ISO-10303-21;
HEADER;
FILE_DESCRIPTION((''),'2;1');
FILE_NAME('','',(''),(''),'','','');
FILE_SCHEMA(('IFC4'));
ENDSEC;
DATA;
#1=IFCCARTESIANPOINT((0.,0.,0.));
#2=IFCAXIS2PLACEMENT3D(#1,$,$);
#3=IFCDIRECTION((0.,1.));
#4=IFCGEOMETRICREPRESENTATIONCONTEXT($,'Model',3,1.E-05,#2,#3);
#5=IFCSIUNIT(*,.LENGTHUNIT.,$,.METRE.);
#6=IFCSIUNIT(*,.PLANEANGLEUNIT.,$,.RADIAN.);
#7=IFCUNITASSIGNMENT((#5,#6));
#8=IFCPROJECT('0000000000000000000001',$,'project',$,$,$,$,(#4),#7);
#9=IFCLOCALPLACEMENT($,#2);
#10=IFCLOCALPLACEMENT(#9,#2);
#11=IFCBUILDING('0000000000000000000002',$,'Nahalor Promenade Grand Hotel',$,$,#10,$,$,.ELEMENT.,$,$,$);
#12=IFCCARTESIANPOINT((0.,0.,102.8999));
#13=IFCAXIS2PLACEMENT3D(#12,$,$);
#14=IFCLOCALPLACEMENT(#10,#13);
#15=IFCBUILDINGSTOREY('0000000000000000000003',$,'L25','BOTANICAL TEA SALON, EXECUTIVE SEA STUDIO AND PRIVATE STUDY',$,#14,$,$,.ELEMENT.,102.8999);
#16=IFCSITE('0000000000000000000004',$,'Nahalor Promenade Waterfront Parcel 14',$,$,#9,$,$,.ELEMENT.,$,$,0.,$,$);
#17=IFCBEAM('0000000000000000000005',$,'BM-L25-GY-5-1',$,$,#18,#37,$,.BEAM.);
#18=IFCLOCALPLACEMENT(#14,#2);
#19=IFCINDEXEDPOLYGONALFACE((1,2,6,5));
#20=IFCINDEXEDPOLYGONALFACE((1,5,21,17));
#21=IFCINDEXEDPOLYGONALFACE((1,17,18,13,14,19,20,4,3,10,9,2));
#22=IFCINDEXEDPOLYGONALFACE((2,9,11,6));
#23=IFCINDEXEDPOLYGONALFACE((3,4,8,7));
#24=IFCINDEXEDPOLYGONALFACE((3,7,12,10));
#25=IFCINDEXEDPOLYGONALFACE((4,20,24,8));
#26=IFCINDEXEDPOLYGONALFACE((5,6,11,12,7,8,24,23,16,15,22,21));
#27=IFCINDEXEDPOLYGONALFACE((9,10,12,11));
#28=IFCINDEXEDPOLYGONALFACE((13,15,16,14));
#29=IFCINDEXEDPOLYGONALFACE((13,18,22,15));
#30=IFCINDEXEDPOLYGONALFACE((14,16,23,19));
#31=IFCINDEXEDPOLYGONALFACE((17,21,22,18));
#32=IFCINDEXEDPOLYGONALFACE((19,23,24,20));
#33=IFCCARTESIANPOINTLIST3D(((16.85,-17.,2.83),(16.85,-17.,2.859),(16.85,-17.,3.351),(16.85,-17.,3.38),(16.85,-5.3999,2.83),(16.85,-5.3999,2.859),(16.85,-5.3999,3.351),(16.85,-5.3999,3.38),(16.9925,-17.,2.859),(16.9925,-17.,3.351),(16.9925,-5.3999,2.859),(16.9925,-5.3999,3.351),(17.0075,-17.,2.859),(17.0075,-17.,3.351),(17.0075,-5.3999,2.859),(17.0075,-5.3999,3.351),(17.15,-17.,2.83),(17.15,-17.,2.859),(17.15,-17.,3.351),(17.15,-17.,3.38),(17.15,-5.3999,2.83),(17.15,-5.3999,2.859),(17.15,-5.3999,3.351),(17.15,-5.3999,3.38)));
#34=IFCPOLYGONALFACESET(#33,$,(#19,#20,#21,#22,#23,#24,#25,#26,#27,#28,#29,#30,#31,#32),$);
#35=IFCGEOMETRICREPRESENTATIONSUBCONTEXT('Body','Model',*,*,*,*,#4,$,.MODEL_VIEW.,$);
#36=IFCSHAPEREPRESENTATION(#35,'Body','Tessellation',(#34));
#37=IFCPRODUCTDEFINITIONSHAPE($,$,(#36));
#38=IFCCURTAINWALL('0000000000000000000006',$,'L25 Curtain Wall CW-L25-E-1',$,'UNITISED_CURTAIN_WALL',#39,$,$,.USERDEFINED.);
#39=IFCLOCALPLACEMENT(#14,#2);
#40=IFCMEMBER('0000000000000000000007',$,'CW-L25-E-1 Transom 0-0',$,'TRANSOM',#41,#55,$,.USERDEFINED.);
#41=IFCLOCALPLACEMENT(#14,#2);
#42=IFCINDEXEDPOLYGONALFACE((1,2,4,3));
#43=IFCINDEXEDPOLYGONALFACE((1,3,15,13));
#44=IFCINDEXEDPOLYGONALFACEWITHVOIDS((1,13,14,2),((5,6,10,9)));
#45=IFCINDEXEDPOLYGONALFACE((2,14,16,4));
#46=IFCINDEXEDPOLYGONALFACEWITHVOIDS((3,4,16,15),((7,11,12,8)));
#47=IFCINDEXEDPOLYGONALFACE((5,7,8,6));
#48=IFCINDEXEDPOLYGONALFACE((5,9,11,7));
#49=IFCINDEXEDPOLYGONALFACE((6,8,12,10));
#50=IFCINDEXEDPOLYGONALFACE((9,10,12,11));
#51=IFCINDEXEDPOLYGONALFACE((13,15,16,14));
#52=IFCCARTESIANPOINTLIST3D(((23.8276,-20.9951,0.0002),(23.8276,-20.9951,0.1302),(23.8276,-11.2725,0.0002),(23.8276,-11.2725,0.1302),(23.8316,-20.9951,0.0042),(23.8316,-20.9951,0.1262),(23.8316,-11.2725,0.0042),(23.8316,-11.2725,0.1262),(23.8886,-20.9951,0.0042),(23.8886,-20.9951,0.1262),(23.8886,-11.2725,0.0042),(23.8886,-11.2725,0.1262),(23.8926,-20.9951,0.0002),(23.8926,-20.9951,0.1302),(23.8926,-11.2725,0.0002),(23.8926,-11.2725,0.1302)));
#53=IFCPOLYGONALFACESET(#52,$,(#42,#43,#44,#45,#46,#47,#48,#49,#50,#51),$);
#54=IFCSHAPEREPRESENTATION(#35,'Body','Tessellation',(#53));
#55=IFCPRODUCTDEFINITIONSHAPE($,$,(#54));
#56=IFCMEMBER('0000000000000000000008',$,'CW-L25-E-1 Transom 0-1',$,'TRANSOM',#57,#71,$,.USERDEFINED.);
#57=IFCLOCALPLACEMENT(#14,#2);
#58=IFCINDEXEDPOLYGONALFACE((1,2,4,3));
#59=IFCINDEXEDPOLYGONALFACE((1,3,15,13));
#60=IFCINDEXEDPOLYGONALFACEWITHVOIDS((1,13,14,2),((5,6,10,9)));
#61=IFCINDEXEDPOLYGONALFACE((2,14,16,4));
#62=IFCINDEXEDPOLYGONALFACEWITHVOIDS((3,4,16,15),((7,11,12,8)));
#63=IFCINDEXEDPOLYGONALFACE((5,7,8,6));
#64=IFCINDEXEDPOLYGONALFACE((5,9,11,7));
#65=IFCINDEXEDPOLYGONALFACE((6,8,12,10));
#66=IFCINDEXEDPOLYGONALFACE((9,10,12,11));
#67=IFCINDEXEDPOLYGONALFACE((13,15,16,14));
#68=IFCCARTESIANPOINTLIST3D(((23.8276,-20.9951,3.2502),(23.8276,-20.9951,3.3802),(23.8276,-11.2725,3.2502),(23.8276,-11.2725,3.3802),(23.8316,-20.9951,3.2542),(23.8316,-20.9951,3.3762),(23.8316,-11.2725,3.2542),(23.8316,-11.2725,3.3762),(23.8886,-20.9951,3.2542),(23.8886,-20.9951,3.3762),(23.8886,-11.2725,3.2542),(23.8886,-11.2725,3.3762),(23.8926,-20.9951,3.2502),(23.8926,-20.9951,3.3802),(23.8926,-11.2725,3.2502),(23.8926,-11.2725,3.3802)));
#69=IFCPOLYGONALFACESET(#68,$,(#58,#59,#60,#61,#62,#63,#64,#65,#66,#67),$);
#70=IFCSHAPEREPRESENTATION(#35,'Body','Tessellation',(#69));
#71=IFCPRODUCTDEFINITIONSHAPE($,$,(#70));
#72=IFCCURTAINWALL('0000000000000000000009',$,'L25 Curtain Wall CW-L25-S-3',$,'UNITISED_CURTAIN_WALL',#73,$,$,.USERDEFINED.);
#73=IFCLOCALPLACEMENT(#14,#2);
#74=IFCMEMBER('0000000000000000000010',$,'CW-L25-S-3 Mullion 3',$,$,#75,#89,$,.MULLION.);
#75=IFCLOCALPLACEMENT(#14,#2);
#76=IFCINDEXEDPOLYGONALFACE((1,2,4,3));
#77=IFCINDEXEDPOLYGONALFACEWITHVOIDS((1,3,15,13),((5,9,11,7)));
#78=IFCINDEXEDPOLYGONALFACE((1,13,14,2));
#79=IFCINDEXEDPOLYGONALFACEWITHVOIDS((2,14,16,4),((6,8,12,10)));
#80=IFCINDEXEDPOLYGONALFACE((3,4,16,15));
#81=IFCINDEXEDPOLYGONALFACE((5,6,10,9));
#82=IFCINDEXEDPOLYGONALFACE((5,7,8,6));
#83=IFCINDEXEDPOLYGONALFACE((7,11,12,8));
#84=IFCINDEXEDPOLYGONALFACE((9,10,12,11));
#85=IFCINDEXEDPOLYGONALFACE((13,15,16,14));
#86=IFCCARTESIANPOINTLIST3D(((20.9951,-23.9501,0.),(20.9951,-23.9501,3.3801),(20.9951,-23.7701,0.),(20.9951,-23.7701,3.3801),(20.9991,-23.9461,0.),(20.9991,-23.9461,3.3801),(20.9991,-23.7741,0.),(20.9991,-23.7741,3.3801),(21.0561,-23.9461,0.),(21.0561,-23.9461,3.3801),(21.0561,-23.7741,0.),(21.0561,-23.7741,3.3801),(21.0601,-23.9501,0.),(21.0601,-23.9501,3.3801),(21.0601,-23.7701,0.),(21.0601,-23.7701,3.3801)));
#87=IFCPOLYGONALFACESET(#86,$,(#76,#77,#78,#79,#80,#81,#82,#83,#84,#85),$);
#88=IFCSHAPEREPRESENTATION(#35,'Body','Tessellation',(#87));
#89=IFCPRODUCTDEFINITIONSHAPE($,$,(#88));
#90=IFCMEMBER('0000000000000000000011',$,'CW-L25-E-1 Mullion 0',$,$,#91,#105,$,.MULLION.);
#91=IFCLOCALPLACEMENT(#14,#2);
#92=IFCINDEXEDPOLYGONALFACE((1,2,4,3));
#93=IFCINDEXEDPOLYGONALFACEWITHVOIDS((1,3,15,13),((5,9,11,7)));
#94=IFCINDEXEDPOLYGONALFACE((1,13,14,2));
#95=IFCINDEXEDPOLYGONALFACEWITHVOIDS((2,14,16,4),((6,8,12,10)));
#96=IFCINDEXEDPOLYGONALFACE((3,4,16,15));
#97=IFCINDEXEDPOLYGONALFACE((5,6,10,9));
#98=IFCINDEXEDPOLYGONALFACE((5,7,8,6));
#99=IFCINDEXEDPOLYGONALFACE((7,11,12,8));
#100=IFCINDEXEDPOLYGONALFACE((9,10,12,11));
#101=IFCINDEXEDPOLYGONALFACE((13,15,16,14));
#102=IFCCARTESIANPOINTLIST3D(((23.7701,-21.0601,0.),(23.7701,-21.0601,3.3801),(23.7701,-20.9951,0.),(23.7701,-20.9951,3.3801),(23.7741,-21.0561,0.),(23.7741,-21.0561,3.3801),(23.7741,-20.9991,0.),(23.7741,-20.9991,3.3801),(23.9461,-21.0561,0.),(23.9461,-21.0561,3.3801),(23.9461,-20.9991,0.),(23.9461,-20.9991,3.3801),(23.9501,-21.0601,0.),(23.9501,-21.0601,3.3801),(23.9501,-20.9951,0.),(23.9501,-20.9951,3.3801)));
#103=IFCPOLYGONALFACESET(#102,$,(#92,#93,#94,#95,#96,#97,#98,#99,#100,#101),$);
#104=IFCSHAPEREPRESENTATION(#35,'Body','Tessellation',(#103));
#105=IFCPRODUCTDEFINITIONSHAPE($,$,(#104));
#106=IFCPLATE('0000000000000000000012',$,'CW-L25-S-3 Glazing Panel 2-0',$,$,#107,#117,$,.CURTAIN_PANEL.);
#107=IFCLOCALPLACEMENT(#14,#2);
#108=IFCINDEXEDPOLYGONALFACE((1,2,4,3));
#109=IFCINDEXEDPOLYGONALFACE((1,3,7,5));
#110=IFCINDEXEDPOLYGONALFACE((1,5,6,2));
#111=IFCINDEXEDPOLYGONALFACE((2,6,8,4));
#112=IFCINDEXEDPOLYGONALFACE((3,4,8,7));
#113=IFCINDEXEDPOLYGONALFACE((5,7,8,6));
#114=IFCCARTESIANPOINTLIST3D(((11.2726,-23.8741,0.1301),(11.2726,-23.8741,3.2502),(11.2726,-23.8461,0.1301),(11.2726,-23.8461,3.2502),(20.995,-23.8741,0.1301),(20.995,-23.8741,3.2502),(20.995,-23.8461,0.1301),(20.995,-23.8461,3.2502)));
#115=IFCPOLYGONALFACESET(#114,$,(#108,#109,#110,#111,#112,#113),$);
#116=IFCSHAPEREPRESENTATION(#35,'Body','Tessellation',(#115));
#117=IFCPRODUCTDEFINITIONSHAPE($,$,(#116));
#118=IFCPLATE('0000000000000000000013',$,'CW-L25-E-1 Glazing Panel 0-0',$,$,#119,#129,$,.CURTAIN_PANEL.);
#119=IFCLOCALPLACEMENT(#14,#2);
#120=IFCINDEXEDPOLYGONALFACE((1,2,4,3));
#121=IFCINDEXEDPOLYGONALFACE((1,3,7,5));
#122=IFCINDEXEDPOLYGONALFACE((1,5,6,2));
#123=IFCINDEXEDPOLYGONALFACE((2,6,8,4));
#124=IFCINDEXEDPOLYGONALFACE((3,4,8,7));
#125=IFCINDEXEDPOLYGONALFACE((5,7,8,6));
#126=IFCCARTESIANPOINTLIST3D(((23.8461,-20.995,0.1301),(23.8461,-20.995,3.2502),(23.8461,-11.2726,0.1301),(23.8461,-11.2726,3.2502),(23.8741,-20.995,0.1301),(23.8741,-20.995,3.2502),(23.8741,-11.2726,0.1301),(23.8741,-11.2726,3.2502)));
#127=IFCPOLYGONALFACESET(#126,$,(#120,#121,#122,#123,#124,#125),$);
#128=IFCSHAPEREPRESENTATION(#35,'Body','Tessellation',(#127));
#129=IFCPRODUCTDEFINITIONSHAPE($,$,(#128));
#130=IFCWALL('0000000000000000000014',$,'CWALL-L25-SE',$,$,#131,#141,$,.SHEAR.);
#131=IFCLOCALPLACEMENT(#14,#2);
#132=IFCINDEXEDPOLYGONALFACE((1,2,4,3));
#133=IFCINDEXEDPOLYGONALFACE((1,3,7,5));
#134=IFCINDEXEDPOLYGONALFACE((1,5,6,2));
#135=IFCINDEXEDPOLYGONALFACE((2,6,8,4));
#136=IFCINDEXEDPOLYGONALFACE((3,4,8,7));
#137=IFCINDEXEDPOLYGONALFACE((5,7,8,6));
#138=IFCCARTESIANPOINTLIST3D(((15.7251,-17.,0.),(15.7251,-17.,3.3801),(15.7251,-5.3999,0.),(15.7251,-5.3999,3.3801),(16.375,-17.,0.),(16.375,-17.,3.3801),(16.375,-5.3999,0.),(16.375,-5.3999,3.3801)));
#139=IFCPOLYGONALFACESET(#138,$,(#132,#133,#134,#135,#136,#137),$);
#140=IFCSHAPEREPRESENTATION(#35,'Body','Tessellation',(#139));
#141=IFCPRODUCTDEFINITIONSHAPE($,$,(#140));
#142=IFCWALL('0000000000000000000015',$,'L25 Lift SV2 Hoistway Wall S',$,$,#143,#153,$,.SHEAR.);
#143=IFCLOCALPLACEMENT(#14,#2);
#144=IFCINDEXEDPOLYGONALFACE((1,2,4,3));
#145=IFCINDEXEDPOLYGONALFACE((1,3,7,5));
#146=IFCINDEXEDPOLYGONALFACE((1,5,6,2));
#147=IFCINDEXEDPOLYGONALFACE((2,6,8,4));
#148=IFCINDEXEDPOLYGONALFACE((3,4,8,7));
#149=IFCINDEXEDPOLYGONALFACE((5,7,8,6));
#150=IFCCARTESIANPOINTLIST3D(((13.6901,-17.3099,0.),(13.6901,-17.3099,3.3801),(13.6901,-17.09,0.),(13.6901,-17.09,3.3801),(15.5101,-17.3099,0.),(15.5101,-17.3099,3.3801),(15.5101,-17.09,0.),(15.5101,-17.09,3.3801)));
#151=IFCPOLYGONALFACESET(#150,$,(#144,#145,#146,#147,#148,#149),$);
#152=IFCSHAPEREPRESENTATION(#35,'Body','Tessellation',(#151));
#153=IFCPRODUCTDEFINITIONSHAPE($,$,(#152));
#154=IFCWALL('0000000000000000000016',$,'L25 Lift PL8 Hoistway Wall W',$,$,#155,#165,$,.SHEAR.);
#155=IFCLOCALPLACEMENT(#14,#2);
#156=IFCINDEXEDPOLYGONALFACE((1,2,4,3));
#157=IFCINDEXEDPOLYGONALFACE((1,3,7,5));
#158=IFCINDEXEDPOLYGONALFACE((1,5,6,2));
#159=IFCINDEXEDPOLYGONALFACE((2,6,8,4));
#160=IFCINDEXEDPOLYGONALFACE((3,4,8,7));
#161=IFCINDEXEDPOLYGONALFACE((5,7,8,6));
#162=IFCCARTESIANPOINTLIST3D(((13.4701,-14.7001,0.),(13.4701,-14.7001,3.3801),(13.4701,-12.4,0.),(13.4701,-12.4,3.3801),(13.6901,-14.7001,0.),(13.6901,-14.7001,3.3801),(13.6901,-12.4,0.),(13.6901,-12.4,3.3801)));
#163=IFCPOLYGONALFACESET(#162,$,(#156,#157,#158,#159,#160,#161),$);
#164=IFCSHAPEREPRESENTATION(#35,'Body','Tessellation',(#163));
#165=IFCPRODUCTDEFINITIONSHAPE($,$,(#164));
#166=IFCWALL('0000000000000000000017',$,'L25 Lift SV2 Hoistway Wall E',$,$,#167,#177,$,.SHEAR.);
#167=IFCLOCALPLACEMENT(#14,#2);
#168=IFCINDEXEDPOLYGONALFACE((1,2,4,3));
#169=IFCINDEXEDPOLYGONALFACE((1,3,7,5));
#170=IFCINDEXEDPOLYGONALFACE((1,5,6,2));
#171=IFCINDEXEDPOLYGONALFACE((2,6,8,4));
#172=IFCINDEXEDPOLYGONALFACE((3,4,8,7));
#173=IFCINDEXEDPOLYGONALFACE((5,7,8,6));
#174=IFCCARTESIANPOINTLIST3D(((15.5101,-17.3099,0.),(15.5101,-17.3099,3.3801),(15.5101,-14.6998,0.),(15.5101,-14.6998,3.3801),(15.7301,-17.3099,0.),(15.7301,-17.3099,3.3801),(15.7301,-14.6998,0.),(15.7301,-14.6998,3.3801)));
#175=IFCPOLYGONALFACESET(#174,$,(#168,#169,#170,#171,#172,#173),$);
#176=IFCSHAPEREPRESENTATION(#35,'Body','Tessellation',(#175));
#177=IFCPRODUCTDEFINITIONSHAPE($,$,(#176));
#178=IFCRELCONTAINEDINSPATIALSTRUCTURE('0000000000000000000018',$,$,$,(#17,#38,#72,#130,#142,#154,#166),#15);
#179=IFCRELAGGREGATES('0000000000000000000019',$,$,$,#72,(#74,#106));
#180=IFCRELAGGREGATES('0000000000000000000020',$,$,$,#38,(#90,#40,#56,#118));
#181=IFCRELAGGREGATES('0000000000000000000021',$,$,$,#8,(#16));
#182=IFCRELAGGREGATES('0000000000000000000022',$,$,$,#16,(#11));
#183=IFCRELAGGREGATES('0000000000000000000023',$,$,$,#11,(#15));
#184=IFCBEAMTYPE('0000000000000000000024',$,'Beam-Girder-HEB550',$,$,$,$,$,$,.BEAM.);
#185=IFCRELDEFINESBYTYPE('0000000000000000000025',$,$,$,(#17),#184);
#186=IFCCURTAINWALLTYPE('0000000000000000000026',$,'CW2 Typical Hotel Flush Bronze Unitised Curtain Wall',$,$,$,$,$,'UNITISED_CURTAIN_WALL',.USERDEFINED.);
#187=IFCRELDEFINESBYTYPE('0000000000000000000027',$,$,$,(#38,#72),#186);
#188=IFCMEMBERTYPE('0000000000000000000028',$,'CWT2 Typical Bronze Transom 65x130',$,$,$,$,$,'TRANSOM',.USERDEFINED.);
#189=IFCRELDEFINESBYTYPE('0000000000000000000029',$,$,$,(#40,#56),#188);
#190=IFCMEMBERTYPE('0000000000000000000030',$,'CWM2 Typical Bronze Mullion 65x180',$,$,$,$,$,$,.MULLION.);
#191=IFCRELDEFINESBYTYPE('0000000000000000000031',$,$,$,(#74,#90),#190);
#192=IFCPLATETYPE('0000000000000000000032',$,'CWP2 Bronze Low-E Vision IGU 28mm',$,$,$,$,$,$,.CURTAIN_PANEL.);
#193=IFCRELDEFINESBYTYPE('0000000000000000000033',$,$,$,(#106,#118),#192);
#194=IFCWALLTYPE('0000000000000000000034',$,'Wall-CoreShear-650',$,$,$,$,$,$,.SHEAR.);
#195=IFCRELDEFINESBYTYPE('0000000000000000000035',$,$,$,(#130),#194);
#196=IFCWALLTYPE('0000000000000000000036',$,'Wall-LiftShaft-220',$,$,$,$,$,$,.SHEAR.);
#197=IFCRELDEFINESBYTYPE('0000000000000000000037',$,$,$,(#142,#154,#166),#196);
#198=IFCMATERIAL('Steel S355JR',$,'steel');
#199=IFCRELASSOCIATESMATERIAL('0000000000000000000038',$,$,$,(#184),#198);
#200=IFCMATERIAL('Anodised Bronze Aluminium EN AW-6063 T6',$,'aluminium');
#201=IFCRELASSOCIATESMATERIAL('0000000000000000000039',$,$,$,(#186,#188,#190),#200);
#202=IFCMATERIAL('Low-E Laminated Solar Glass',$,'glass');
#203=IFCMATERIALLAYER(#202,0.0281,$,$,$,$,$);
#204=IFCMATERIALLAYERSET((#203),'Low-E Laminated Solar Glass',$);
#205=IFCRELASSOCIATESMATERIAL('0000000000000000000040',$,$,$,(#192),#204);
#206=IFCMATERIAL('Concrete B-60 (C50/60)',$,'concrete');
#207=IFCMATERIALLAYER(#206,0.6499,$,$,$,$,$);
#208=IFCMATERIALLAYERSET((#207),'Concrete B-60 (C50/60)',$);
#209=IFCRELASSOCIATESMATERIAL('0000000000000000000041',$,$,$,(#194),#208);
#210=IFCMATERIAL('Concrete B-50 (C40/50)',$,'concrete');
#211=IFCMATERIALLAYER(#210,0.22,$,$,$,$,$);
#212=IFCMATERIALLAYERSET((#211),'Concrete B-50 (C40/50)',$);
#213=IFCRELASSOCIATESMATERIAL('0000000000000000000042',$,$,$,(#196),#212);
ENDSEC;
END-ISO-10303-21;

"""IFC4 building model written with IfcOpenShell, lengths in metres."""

from ifc_helpers import new_model, si_unit, direction, frame, frame_2d, origin, origin_2d, place, context, subcontext, project, spatial, rectangle, hollow_rectangle, i_section, extrude, source, transform, mapped, material, layer, layer_set, material_profile, profile_set, type_object, element, aggregate, save


model = new_model("IFC4")

# Units and contexts
model_context = context("Model", 3, precision=1e-05, world=origin(), true_north=direction((0.0, 1.0)))
body_context = subcontext(model_context, "Body", "Model", "MODEL_VIEW")
ifc_project = project(units=[si_unit("LENGTHUNIT", "METRE"), si_unit("PLANEANGLEUNIT", "RADIAN")], contexts=[model_context])

# Site, building, storey
site_placement = place(None, origin())
site = spatial("IfcSite", under=ifc_project, at=site_placement, Name="Nahalor Promenade Waterfront Parcel 14", CompositionType="ELEMENT", RefElevation=0.0)
building_placement = place(site_placement, origin())
building = spatial("IfcBuilding", under=site, at=building_placement, Name="Nahalor Promenade Grand Hotel", CompositionType="ELEMENT")
storey_placement = place(building_placement, frame((0.0, 0.0, 102.8999)))
storey = spatial("IfcBuildingStorey", under=building, at=storey_placement, Name="L25", Description="BOTANICAL TEA SALON, EXECUTIVE SEA STUDIO AND PRIVATE STUDY", CompositionType="ELEMENT", Elevation=102.8999)

# Shared definitions
ifc_material_1 = material(Name="Concrete B-60 (C50/60)", Category="concrete")

# Beam
ifc_material_2 = material(Name="Steel S355JR", Category="steel")
ifc_material_profile_1 = material_profile(ifc_material_2, i_section(OverallWidth=0.3, OverallDepth=0.55, WebThickness=0.015, FlangeThickness=0.029, at=origin_2d()), Name="HEB 550")
ifc_profile_set_1 = profile_set([ifc_material_profile_1], Name="Steel S355JR")
beam_type_1 = type_object("IfcBeamType", Name="Beam-Girder-HEB550", PredefinedType="BEAM", material=ifc_profile_set_1)
shared_shape_1 = source(origin(), body_context, "Body", "SweptSolid", [
    extrude(i_section(OverallWidth=0.3, OverallDepth=0.55, WebThickness=0.015, FlangeThickness=0.029, at=origin_2d()), origin(), (0.0, 0.0, 1.0), 11.6001),
])
beam_1_placement = place(storey_placement, frame((17.0, -17.0, 3.105), z_axis=(0.0, 1.0, 0.0), x_axis=(-1.0, 0.0, 0.0)))
element("IfcBeam", 1, at=beam_1_placement, inside=storey, type_object=beam_type_1, Name="BM-L25-GY-5-1", PredefinedType="BEAM", context=body_context, shape_type="MappedRepresentation", body=[
    mapped(shared_shape_1, transform((0.0, 0.0, 0.0), scale=1.0)),
])

# Curtain wall, members
ifc_material_3 = material(Name="Anodised Bronze Aluminium EN AW-6063 T6", Category="aluminium")
curtain_wall_type = type_object("IfcCurtainWallType", Name="CW2 Typical Hotel Flush Bronze Unitised Curtain Wall", ElementType="UNITISED_CURTAIN_WALL", PredefinedType="USERDEFINED", material=ifc_material_3)
curtain_wall_1_placement = place(storey_placement, origin())
curtain_wall_1 = element("IfcCurtainWall", 2, at=curtain_wall_1_placement, inside=storey, type_object=curtain_wall_type, Name="L25 Curtain Wall CW-L25-E-1", ObjectType="UNITISED_CURTAIN_WALL", PredefinedType="USERDEFINED")
ifc_material_profile_2 = material_profile(ifc_material_3, hollow_rectangle(XDim=0.065, YDim=0.13, WallThickness=0.004, at=origin_2d()), Name="CWT 65x130x4")
ifc_profile_set_2 = profile_set([ifc_material_profile_2], Name="Anodised Bronze Aluminium EN AW-6063 T6")
member_type_1 = type_object("IfcMemberType", Name="CWT2 Typical Bronze Transom 65x130", ElementType="TRANSOM", PredefinedType="USERDEFINED", material=ifc_profile_set_2)
shared_shape_2 = source(origin(), body_context, "Body", "SweptSolid", [
    extrude(hollow_rectangle(XDim=0.065, YDim=0.13, WallThickness=0.004, at=origin_2d()), origin(), (0.0, 0.0, 1.0), 9.7227),
])
member_1_placement = place(storey_placement, frame((23.8601, -20.9951, 0.0652), z_axis=(0.0, 1.0, 0.0), x_axis=(-1.0, 0.0, 0.0)))
member_1 = element("IfcMember", 3, at=member_1_placement, type_object=member_type_1, Name="CW-L25-E-1 Transom 0-0", ObjectType="TRANSOM", PredefinedType="USERDEFINED", context=body_context, shape_type="MappedRepresentation", body=[
    mapped(shared_shape_2, transform((0.0, 0.0, 0.0), scale=1.0)),
])
member_2_placement = place(storey_placement, frame((23.8601, -20.9951, 3.3152), z_axis=(0.0, 1.0, 0.0), x_axis=(-1.0, 0.0, 0.0)))
member_2 = element("IfcMember", 4, at=member_2_placement, type_object=member_type_1, Name="CW-L25-E-1 Transom 0-1", ObjectType="TRANSOM", PredefinedType="USERDEFINED", context=body_context, shape_type="MappedRepresentation", body=[
    mapped(shared_shape_2, transform((0.0, 0.0, 0.0), scale=1.0)),
])

# Curtain wall, member
curtain_wall_2_placement = place(storey_placement, origin())
curtain_wall_2 = element("IfcCurtainWall", 5, at=curtain_wall_2_placement, inside=storey, type_object=curtain_wall_type, Name="L25 Curtain Wall CW-L25-S-3", ObjectType="UNITISED_CURTAIN_WALL", PredefinedType="USERDEFINED")
ifc_material_profile_3 = material_profile(ifc_material_3, hollow_rectangle(XDim=0.065, YDim=0.18, WallThickness=0.004, at=origin_2d()), Name="CWM 65x180x4")
ifc_profile_set_3 = profile_set([ifc_material_profile_3], Name="Anodised Bronze Aluminium EN AW-6063 T6")
member_type_2 = type_object("IfcMemberType", Name="CWM2 Typical Bronze Mullion 65x180", PredefinedType="MULLION", material=ifc_profile_set_3)
shared_shape_3 = source(origin(), body_context, "Body", "SweptSolid", [
    extrude(hollow_rectangle(XDim=0.065, YDim=0.18, WallThickness=0.004, at=origin_2d()), origin(), (0.0, 0.0, 1.0), 3.3801),
])
member_3_placement = place(storey_placement, frame((21.0276, -23.8601, 0.0), z_axis=(0.0, 0.0, 1.0), x_axis=(1.0, 0.0, 0.0)))
member_3 = element("IfcMember", 6, at=member_3_placement, type_object=member_type_2, Name="CW-L25-S-3 Mullion 3", PredefinedType="MULLION", context=body_context, shape_type="MappedRepresentation", body=[
    mapped(shared_shape_3, transform((0.0, 0.0, 0.0), scale=1.0)),
])

# Member
member_4_placement = place(storey_placement, frame((23.8601, -21.0276, 0.0), z_axis=(0.0, 0.0, 1.0), x_axis=(0.0, 1.0, 0.0)))
member_4 = element("IfcMember", 7, at=member_4_placement, type_object=member_type_2, Name="CW-L25-E-1 Mullion 0", PredefinedType="MULLION", context=body_context, shape_type="MappedRepresentation", body=[
    mapped(shared_shape_3, transform((0.0, 0.0, 0.0), scale=1.0)),
])

# Plates
ifc_material_4 = material(Name="Low-E Laminated Solar Glass", Category="glass")
ifc_layer_1 = layer(ifc_material_4, 0.0281)
ifc_layer_set_1 = layer_set([ifc_layer_1], Name="Low-E Laminated Solar Glass")
plate_type = type_object("IfcPlateType", Name="CWP2 Bronze Low-E Vision IGU 28mm", PredefinedType="CURTAIN_PANEL", material=ifc_layer_set_1)
shared_shape_4 = source(origin(), body_context, "Body", "SweptSolid", [
    extrude(rectangle(XDim=9.7224, YDim=0.0281, at=origin_2d()), origin(), (0.0, 0.0, 1.0), 3.1201),
])
plate_1_placement = place(storey_placement, frame((16.1338, -23.8601, 0.1301), z_axis=(0.0, 0.0, 1.0), x_axis=(1.0, 0.0, 0.0)))
plate_1 = element("IfcPlate", 8, at=plate_1_placement, type_object=plate_type, Name="CW-L25-S-3 Glazing Panel 2-0", PredefinedType="CURTAIN_PANEL", context=body_context, shape_type="MappedRepresentation", body=[
    mapped(shared_shape_4, transform((0.0, 0.0, 0.0), scale=1.0)),
])
aggregate(curtain_wall_2, [member_3, plate_1])
plate_2_placement = place(storey_placement, frame((23.8601, -16.1338, 0.1301), z_axis=(0.0, 0.0, 1.0), x_axis=(0.0, 1.0, 0.0)))
plate_2 = element("IfcPlate", 9, at=plate_2_placement, type_object=plate_type, Name="CW-L25-E-1 Glazing Panel 0-0", PredefinedType="CURTAIN_PANEL", context=body_context, shape_type="MappedRepresentation", body=[
    mapped(shared_shape_4, transform((0.0, 0.0, 0.0), scale=1.0)),
])
aggregate(curtain_wall_1, [member_4, member_1, member_2, plate_2])

# Walls
ifc_layer_2 = layer(ifc_material_1, 0.6499)
ifc_layer_set_2 = layer_set([ifc_layer_2], Name="Concrete B-60 (C50/60)")
wall_type_1 = type_object("IfcWallType", Name="Wall-CoreShear-650", PredefinedType="SHEAR", material=ifc_layer_set_2)
shared_shape_5 = source(origin(), body_context, "Body", "SweptSolid", [
    extrude(rectangle(XDim=11.6001, YDim=0.6499, at=frame_2d((5.8, 0.0))), origin(), (0.0, 0.0, 1.0), 3.3801),
])
wall_1_placement = place(storey_placement, frame((16.05, -17.0, 0.0), z_axis=(0.0, 0.0, 1.0), x_axis=(0.0, 1.0, 0.0)))
element("IfcWall", 10, at=wall_1_placement, inside=storey, type_object=wall_type_1, Name="CWALL-L25-SE", PredefinedType="SHEAR", context=body_context, shape_type="MappedRepresentation", body=[
    mapped(shared_shape_5, transform((0.0, 0.0, 0.0), scale=1.0)),
])
ifc_material_5 = material(Name="Concrete B-50 (C40/50)", Category="concrete")
ifc_layer_3 = layer(ifc_material_5, 0.22)
ifc_layer_set_3 = layer_set([ifc_layer_3], Name="Concrete B-50 (C40/50)")
wall_type_2 = type_object("IfcWallType", Name="Wall-LiftShaft-220", PredefinedType="SHEAR", material=ifc_layer_set_3)
shared_shape_6 = source(origin(), body_context, "Body", "SweptSolid", [
    extrude(rectangle(XDim=1.8201, YDim=0.22, at=frame_2d((0.9102, 0.0))), origin(), (0.0, 0.0, 1.0), 3.3801),
])
wall_2_placement = place(storey_placement, frame((13.6899, -17.2, 0.0), z_axis=(0.0, 0.0, 1.0), x_axis=(1.0, 0.0, 0.0)))
element("IfcWall", 11, at=wall_2_placement, inside=storey, type_object=wall_type_2, Name="L25 Lift SV2 Hoistway Wall S", PredefinedType="SHEAR", context=body_context, shape_type="MappedRepresentation", body=[
    mapped(shared_shape_6, transform((0.0, 0.0, 0.0), scale=1.0)),
])
shared_shape_7 = source(origin(), body_context, "Body", "SweptSolid", [
    extrude(rectangle(XDim=2.3, YDim=0.22, at=frame_2d((1.1499, 0.0))), origin(), (0.0, 0.0, 1.0), 3.3801),
])
wall_3_placement = place(storey_placement, frame((13.5801, -14.7, 0.0), z_axis=(0.0, 0.0, 1.0), x_axis=(0.0, 1.0, 0.0)))
element("IfcWall", 12, at=wall_3_placement, inside=storey, type_object=wall_type_2, Name="L25 Lift PL8 Hoistway Wall W", PredefinedType="SHEAR", context=body_context, shape_type="MappedRepresentation", body=[
    mapped(shared_shape_7, transform((0.0, 0.0, 0.0), scale=1.0)),
])
shared_shape_8 = source(origin(), body_context, "Body", "SweptSolid", [
    extrude(rectangle(XDim=2.6101, YDim=0.22, at=frame_2d((1.3052, 0.0))), origin(), (0.0, 0.0, 1.0), 3.3801),
])
wall_4_placement = place(storey_placement, frame((15.6201, -17.3101, 0.0), z_axis=(0.0, 0.0, 1.0), x_axis=(0.0, 1.0, 0.0)))
element("IfcWall", 13, at=wall_4_placement, inside=storey, type_object=wall_type_2, Name="L25 Lift SV2 Hoistway Wall E", PredefinedType="SHEAR", context=body_context, shape_type="MappedRepresentation", body=[
    mapped(shared_shape_8, transform((0.0, 0.0, 0.0), scale=1.0)),
])

save(model, "model.ifc")
